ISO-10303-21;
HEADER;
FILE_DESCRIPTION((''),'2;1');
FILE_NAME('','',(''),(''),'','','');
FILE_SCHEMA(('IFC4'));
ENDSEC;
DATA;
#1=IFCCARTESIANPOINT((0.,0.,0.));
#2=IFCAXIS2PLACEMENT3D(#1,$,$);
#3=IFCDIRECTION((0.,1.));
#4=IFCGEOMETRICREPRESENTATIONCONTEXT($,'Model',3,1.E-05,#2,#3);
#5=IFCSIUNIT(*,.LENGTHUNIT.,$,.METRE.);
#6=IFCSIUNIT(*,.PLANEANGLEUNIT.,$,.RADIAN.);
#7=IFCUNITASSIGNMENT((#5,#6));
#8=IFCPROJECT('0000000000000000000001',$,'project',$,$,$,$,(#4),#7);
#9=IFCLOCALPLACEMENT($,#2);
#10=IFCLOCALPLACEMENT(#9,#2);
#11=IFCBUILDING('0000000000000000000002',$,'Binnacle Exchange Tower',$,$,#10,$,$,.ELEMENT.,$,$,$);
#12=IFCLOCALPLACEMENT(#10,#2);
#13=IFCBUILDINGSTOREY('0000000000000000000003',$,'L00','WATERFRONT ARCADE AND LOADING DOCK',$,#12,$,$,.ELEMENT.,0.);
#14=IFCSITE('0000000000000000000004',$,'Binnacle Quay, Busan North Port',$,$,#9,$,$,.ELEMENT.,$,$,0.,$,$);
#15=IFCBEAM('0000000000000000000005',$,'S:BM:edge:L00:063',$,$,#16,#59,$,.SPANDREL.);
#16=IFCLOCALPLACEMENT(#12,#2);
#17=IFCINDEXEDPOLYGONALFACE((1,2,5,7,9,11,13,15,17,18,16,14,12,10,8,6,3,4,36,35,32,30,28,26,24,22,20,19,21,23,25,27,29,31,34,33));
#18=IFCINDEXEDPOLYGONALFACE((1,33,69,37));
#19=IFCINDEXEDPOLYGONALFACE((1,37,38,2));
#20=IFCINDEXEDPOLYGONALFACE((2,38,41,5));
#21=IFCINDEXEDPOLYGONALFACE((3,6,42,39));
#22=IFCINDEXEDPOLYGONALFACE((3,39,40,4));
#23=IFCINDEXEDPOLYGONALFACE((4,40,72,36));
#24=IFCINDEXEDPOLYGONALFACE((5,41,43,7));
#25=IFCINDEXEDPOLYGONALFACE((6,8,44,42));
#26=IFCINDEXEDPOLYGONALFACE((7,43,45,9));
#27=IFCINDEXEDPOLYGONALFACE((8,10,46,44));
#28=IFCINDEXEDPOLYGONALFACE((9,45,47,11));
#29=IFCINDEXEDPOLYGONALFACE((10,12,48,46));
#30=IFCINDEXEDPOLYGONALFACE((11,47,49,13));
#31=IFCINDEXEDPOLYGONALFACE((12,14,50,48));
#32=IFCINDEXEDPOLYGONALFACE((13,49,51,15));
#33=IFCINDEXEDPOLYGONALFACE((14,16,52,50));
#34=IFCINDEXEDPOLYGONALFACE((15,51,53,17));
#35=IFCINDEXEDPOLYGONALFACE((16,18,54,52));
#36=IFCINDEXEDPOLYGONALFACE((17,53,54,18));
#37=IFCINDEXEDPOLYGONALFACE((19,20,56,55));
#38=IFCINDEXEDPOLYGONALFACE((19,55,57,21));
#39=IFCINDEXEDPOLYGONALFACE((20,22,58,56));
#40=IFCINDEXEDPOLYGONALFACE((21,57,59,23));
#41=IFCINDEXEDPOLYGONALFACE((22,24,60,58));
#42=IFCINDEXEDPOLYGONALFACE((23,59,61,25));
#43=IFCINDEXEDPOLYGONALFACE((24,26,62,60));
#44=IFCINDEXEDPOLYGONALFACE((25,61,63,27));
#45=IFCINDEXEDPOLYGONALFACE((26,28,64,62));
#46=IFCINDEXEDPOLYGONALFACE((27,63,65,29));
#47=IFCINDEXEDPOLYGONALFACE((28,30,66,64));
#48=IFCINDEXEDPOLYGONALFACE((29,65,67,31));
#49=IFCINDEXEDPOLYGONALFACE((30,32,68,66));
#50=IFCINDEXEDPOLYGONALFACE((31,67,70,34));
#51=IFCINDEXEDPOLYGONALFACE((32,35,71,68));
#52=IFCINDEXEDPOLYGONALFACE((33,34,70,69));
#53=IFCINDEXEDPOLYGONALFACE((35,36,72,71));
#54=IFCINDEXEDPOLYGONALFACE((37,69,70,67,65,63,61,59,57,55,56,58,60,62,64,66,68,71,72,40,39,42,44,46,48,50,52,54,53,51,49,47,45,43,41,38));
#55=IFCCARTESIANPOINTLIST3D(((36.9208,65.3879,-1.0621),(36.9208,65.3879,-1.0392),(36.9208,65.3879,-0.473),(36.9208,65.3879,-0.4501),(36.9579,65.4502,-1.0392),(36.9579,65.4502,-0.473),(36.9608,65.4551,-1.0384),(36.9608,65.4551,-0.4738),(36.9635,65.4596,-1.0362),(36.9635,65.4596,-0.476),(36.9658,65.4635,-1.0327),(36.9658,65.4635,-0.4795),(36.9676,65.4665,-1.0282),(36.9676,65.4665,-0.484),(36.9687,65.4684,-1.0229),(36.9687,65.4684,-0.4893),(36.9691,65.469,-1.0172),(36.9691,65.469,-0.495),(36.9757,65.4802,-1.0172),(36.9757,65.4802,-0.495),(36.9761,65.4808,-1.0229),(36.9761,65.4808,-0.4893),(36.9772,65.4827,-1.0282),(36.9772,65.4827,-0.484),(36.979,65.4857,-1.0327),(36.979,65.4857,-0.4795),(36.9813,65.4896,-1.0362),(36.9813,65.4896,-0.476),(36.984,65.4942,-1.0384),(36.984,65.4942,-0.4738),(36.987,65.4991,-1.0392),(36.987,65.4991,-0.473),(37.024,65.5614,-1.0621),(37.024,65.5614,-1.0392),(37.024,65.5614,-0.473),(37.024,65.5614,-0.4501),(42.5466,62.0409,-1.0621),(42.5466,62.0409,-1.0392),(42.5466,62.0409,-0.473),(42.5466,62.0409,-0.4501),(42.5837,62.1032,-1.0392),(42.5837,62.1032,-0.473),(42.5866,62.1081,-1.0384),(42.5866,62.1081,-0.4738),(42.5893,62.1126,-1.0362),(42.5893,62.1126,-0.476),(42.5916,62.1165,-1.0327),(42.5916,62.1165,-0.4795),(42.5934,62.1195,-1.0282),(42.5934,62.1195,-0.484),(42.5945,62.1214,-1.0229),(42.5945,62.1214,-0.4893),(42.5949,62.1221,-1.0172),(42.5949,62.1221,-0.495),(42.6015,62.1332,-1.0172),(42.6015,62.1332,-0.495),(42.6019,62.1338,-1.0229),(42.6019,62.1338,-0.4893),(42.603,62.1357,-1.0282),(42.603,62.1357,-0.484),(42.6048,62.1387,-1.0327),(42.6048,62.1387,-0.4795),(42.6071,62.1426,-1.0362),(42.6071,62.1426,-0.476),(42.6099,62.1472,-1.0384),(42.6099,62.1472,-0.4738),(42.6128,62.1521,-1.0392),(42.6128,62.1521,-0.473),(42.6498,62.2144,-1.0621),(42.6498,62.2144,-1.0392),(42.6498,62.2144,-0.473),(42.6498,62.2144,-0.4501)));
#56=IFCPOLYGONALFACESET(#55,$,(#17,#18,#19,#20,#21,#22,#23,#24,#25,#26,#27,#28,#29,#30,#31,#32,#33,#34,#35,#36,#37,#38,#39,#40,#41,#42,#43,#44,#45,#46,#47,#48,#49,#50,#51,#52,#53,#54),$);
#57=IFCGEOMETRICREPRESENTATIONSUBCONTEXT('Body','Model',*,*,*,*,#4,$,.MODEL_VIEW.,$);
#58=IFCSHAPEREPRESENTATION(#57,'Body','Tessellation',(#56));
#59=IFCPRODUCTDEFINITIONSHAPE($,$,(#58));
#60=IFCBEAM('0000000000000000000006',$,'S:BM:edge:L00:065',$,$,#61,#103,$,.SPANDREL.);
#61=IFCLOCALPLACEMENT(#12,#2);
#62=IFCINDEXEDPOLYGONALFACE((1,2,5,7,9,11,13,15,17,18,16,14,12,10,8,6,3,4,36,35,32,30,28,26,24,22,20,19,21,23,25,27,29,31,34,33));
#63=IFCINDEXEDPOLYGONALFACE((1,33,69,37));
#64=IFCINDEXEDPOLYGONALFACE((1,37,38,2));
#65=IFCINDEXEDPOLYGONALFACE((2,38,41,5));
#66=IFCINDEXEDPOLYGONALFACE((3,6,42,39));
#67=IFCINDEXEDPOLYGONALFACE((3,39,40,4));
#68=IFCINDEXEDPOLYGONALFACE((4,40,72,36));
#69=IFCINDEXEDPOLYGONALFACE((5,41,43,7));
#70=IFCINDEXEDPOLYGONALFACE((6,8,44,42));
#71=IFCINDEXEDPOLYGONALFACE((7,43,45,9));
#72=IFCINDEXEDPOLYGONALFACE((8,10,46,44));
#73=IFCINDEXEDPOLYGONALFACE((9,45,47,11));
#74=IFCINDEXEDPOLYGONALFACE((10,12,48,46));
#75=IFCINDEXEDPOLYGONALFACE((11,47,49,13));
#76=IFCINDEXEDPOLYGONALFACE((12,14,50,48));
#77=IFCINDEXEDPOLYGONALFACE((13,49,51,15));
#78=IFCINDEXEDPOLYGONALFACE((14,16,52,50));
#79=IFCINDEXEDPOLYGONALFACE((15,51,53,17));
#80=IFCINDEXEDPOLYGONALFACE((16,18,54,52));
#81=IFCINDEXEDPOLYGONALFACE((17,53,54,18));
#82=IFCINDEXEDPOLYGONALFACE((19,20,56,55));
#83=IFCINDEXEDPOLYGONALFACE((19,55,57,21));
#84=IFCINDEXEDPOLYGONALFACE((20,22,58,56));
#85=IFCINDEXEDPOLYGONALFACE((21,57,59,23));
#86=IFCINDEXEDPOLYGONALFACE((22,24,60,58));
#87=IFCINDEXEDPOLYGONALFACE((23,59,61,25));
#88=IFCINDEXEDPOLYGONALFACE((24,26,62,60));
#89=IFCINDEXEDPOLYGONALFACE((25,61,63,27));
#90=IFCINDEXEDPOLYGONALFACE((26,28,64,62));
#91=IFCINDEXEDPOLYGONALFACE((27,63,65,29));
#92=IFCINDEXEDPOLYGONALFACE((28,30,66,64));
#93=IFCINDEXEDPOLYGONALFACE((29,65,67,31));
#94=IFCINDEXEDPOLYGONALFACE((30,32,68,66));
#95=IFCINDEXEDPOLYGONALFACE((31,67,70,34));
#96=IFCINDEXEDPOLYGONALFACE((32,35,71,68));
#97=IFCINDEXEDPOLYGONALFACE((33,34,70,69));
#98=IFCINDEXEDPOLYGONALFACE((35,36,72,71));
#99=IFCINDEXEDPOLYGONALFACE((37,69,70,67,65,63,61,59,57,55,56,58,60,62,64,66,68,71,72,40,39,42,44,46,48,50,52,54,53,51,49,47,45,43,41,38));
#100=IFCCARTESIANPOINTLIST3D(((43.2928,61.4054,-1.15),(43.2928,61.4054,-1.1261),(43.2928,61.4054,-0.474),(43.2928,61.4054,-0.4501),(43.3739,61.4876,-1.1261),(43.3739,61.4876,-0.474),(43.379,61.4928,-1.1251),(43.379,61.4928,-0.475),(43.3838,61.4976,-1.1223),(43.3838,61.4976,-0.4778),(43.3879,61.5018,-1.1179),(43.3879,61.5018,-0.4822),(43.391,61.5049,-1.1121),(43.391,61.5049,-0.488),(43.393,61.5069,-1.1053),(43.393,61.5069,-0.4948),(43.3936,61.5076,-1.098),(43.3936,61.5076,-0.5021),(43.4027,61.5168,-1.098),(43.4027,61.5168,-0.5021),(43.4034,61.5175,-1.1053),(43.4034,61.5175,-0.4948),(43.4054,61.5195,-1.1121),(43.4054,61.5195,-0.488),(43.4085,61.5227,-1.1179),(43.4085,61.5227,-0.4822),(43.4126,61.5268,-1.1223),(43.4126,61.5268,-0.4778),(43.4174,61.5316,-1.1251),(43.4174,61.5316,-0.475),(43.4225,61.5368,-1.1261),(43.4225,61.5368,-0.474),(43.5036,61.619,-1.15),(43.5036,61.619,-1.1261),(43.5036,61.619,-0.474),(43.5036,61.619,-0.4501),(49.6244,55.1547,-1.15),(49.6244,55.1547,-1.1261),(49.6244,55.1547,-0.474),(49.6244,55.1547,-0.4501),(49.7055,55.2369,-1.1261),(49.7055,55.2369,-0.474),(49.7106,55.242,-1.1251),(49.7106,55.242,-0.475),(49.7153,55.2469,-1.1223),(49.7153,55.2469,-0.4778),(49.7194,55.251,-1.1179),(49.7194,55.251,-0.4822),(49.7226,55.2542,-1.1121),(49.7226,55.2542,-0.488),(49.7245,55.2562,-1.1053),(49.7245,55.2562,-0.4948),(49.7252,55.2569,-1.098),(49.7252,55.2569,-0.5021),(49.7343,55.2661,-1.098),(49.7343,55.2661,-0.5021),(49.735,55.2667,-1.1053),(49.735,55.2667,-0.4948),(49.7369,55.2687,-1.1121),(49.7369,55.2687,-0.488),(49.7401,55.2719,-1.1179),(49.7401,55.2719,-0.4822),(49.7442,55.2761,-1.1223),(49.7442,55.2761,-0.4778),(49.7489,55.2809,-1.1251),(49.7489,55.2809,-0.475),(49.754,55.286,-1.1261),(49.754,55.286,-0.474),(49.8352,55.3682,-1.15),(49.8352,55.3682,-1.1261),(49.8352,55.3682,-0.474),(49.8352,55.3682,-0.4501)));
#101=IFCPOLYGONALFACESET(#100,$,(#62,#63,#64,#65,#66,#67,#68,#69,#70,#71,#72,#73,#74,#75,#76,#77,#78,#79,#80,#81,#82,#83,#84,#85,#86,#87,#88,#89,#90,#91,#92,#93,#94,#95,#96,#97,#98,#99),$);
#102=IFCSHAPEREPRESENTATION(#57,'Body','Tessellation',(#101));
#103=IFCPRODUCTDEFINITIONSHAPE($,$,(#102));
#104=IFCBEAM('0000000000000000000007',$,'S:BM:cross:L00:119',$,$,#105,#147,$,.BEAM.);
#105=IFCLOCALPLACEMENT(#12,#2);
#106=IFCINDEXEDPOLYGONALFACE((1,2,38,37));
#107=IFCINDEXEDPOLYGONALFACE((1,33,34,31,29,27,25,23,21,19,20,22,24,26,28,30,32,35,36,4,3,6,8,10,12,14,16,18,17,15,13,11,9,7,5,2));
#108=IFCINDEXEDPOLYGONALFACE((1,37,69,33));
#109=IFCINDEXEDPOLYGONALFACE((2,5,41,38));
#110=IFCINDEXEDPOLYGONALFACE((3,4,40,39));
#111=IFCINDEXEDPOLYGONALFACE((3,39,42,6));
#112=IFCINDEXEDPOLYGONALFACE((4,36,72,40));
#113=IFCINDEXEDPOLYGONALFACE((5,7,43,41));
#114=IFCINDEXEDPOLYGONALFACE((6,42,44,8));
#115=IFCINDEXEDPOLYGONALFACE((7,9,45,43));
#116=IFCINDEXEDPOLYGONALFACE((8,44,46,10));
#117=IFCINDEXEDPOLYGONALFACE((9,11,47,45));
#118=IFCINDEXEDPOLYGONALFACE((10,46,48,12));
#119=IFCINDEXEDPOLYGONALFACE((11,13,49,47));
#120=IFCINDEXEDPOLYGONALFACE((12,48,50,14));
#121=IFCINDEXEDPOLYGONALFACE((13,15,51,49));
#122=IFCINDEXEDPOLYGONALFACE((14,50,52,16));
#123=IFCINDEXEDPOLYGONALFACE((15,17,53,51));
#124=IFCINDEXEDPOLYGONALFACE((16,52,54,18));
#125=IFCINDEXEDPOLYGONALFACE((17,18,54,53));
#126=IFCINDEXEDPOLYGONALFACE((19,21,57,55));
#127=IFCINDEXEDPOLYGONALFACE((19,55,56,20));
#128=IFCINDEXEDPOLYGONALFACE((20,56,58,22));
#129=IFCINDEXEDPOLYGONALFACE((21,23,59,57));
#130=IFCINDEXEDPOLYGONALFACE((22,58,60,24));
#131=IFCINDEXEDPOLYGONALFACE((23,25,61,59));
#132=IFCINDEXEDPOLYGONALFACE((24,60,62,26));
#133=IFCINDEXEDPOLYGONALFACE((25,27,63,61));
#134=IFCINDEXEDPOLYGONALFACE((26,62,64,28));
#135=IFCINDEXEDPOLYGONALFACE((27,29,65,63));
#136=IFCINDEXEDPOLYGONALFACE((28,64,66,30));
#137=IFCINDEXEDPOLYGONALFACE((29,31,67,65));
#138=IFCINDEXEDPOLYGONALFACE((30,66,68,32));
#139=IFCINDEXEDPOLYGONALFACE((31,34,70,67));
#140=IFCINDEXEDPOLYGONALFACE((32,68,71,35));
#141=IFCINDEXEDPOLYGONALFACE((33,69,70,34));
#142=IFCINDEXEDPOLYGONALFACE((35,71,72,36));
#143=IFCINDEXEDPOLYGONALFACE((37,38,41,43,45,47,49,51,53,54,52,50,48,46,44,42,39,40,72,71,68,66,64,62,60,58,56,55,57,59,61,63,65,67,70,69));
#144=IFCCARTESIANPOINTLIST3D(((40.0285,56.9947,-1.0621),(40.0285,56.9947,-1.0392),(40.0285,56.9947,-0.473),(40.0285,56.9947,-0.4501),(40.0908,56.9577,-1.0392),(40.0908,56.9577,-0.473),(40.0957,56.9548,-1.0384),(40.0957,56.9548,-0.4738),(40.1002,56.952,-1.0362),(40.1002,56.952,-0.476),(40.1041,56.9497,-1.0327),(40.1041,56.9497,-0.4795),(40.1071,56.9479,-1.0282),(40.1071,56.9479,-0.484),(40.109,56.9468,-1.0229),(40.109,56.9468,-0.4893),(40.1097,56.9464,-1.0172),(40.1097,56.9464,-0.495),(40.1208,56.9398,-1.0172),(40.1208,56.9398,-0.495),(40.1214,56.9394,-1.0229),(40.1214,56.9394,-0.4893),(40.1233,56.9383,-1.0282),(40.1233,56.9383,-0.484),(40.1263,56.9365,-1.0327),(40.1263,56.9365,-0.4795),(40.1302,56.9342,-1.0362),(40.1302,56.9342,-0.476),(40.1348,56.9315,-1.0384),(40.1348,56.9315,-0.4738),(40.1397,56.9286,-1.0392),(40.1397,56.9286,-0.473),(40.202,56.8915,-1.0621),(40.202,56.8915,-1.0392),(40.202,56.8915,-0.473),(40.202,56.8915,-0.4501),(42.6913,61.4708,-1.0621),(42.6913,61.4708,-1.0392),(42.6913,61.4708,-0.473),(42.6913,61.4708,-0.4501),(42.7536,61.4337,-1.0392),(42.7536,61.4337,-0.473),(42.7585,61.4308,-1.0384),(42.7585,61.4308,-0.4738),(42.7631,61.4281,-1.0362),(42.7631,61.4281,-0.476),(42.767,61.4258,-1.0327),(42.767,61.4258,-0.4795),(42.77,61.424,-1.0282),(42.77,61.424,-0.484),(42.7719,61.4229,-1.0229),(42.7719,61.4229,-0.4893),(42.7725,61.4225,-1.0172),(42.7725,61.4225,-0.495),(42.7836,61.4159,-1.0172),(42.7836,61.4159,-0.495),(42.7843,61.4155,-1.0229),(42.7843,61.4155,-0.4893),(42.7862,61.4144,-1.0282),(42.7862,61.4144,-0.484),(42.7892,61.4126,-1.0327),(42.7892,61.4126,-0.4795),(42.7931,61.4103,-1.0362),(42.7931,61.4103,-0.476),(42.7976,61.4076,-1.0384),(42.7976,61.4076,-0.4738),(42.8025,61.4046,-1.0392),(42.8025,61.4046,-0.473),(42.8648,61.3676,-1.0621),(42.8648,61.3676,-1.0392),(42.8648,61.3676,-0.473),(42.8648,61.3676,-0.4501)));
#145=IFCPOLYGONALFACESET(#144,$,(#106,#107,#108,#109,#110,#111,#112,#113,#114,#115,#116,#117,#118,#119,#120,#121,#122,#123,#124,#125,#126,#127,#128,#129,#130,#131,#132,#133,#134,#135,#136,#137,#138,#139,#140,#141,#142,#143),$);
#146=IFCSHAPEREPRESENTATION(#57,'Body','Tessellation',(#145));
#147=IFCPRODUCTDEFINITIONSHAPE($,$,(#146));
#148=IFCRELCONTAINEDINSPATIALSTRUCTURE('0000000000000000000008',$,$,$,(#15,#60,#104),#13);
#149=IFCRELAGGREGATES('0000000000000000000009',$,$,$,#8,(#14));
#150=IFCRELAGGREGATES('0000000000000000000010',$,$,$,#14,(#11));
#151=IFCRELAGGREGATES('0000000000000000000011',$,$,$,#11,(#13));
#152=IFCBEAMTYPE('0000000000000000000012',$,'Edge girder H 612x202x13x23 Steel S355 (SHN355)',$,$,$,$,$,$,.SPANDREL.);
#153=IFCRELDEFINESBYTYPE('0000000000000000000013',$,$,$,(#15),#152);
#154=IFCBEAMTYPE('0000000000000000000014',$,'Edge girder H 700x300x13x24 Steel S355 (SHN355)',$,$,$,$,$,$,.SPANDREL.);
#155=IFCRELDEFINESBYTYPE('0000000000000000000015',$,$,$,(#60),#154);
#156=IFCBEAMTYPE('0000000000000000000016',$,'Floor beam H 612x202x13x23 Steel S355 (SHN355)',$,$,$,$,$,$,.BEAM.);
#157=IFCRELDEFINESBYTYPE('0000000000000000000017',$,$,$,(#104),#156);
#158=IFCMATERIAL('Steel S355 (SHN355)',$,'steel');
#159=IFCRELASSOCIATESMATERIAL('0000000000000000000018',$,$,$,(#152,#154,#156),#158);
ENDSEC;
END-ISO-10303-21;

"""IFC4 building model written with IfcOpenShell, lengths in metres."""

from ifc_helpers import new_model, si_unit, direction, frame, origin, origin_2d, place, context, subcontext, project, spatial, i_section, extrude, material, material_profile, profile_set, type_object, element, save


model = new_model("IFC4")

# Units and contexts
model_context = context("Model", 3, precision=1e-05, world=origin(), true_north=direction((0.0, 1.0)))
body_context = subcontext(model_context, "Body", "Model", "MODEL_VIEW")
ifc_project = project(units=[si_unit("LENGTHUNIT", "METRE"), si_unit("PLANEANGLEUNIT", "RADIAN")], contexts=[model_context])

# Site, building, storey
site_placement = place(None, origin())
site = spatial("IfcSite", under=ifc_project, at=site_placement, Name="Binnacle Quay, Busan North Port", CompositionType="ELEMENT", RefElevation=0.0)
building_placement = place(site_placement, origin())
building = spatial("IfcBuilding", under=site, at=building_placement, Name="Binnacle Exchange Tower", CompositionType="ELEMENT")
storey_placement = place(building_placement, origin())
storey = spatial("IfcBuildingStorey", under=building, at=storey_placement, Name="L00", Description="WATERFRONT ARCADE AND LOADING DOCK", CompositionType="ELEMENT", Elevation=0.0)

# Beams
ifc_material_1 = material(Name="Steel S355 (SHN355)", Category="steel")
ifc_material_profile_1 = material_profile(ifc_material_1, i_section(OverallWidth=0.2019, OverallDepth=0.6121, WebThickness=0.0129, FlangeThickness=0.0229, FilletRadius=0.022, at=origin_2d()), Name="H 612x202x13x23")
ifc_profile_set_1 = profile_set([ifc_material_profile_1], Name="Steel S355 (SHN355)")
beam_type_1 = type_object("IfcBeamType", Name="Edge girder H 612x202x13x23 Steel S355 (SHN355)", PredefinedType="SPANDREL", material=ifc_profile_set_1)
beam_1_placement = place(storey_placement, frame((36.9724, 65.4746, -0.7561), z_axis=(0.859409, -0.511289, 0.0), x_axis=(0.511289, 0.859409, 0.0)))
element("IfcBeam", 1, at=beam_1_placement, inside=storey, type_object=beam_type_1, Name="S:BM:edge:L00:063", PredefinedType="SPANDREL", context=body_context, shape_type="SweptSolid", body=[
    extrude(i_section(OverallWidth=0.2019, OverallDepth=0.6121, WebThickness=0.0129, FlangeThickness=0.0229, FilletRadius=0.022, at=origin_2d()), origin(), (0.0, 0.0, 1.0), 6.5461),
])
ifc_material_profile_2 = material_profile(ifc_material_1, i_section(OverallWidth=0.3, OverallDepth=0.7, WebThickness=0.0129, FlangeThickness=0.0239, FilletRadius=0.0281, at=origin_2d()), Name="H 700x300x13x24")
ifc_profile_set_2 = profile_set([ifc_material_profile_2], Name="Steel S355 (SHN355)")
beam_type_2 = type_object("IfcBeamType", Name="Edge girder H 700x300x13x24 Steel S355 (SHN355)", PredefinedType="SPANDREL", material=ifc_profile_set_2)
beam_2_placement = place(storey_placement, frame((43.3982, 61.5122, -0.8), z_axis=(0.711634, -0.702551, 0.0), x_axis=(0.702551, 0.711634, 0.0)))
element("IfcBeam", 2, at=beam_2_placement, inside=storey, type_object=beam_type_2, Name="S:BM:edge:L00:065", PredefinedType="SPANDREL", context=body_context, shape_type="SweptSolid", body=[
    extrude(i_section(OverallWidth=0.3, OverallDepth=0.7, WebThickness=0.0129, FlangeThickness=0.0239, FilletRadius=0.0281, at=origin_2d()), origin(), (0.0, 0.0, 1.0), 8.8972),
])
ifc_material_profile_3 = material_profile(ifc_material_1, i_section(OverallWidth=0.2019, OverallDepth=0.6121, WebThickness=0.0129, FlangeThickness=0.0229, FilletRadius=0.022, at=origin_2d()), Name="H 612x202x13x23")
ifc_profile_set_3 = profile_set([ifc_material_profile_3], Name="Steel S355 (SHN355)")
beam_type_3 = type_object("IfcBeamType", Name="Floor beam H 612x202x13x23 Steel S355 (SHN355)", PredefinedType="BEAM", material=ifc_profile_set_3)
beam_3_placement = place(storey_placement, frame((42.7781, 61.4192, -0.7561), z_axis=(-0.511273, -0.859418, 0.0), x_axis=(0.859418, -0.511273, 0.0)))
element("IfcBeam", 3, at=beam_3_placement, inside=storey, type_object=beam_type_3, Name="S:BM:cross:L00:119", PredefinedType="BEAM", context=body_context, shape_type="SweptSolid", body=[
    extrude(i_section(OverallWidth=0.2019, OverallDepth=0.6121, WebThickness=0.0129, FlangeThickness=0.0229, FilletRadius=0.022, at=origin_2d()), origin(), (0.0, 0.0, 1.0), 5.2083),
])

save(model, "model.ifc")
